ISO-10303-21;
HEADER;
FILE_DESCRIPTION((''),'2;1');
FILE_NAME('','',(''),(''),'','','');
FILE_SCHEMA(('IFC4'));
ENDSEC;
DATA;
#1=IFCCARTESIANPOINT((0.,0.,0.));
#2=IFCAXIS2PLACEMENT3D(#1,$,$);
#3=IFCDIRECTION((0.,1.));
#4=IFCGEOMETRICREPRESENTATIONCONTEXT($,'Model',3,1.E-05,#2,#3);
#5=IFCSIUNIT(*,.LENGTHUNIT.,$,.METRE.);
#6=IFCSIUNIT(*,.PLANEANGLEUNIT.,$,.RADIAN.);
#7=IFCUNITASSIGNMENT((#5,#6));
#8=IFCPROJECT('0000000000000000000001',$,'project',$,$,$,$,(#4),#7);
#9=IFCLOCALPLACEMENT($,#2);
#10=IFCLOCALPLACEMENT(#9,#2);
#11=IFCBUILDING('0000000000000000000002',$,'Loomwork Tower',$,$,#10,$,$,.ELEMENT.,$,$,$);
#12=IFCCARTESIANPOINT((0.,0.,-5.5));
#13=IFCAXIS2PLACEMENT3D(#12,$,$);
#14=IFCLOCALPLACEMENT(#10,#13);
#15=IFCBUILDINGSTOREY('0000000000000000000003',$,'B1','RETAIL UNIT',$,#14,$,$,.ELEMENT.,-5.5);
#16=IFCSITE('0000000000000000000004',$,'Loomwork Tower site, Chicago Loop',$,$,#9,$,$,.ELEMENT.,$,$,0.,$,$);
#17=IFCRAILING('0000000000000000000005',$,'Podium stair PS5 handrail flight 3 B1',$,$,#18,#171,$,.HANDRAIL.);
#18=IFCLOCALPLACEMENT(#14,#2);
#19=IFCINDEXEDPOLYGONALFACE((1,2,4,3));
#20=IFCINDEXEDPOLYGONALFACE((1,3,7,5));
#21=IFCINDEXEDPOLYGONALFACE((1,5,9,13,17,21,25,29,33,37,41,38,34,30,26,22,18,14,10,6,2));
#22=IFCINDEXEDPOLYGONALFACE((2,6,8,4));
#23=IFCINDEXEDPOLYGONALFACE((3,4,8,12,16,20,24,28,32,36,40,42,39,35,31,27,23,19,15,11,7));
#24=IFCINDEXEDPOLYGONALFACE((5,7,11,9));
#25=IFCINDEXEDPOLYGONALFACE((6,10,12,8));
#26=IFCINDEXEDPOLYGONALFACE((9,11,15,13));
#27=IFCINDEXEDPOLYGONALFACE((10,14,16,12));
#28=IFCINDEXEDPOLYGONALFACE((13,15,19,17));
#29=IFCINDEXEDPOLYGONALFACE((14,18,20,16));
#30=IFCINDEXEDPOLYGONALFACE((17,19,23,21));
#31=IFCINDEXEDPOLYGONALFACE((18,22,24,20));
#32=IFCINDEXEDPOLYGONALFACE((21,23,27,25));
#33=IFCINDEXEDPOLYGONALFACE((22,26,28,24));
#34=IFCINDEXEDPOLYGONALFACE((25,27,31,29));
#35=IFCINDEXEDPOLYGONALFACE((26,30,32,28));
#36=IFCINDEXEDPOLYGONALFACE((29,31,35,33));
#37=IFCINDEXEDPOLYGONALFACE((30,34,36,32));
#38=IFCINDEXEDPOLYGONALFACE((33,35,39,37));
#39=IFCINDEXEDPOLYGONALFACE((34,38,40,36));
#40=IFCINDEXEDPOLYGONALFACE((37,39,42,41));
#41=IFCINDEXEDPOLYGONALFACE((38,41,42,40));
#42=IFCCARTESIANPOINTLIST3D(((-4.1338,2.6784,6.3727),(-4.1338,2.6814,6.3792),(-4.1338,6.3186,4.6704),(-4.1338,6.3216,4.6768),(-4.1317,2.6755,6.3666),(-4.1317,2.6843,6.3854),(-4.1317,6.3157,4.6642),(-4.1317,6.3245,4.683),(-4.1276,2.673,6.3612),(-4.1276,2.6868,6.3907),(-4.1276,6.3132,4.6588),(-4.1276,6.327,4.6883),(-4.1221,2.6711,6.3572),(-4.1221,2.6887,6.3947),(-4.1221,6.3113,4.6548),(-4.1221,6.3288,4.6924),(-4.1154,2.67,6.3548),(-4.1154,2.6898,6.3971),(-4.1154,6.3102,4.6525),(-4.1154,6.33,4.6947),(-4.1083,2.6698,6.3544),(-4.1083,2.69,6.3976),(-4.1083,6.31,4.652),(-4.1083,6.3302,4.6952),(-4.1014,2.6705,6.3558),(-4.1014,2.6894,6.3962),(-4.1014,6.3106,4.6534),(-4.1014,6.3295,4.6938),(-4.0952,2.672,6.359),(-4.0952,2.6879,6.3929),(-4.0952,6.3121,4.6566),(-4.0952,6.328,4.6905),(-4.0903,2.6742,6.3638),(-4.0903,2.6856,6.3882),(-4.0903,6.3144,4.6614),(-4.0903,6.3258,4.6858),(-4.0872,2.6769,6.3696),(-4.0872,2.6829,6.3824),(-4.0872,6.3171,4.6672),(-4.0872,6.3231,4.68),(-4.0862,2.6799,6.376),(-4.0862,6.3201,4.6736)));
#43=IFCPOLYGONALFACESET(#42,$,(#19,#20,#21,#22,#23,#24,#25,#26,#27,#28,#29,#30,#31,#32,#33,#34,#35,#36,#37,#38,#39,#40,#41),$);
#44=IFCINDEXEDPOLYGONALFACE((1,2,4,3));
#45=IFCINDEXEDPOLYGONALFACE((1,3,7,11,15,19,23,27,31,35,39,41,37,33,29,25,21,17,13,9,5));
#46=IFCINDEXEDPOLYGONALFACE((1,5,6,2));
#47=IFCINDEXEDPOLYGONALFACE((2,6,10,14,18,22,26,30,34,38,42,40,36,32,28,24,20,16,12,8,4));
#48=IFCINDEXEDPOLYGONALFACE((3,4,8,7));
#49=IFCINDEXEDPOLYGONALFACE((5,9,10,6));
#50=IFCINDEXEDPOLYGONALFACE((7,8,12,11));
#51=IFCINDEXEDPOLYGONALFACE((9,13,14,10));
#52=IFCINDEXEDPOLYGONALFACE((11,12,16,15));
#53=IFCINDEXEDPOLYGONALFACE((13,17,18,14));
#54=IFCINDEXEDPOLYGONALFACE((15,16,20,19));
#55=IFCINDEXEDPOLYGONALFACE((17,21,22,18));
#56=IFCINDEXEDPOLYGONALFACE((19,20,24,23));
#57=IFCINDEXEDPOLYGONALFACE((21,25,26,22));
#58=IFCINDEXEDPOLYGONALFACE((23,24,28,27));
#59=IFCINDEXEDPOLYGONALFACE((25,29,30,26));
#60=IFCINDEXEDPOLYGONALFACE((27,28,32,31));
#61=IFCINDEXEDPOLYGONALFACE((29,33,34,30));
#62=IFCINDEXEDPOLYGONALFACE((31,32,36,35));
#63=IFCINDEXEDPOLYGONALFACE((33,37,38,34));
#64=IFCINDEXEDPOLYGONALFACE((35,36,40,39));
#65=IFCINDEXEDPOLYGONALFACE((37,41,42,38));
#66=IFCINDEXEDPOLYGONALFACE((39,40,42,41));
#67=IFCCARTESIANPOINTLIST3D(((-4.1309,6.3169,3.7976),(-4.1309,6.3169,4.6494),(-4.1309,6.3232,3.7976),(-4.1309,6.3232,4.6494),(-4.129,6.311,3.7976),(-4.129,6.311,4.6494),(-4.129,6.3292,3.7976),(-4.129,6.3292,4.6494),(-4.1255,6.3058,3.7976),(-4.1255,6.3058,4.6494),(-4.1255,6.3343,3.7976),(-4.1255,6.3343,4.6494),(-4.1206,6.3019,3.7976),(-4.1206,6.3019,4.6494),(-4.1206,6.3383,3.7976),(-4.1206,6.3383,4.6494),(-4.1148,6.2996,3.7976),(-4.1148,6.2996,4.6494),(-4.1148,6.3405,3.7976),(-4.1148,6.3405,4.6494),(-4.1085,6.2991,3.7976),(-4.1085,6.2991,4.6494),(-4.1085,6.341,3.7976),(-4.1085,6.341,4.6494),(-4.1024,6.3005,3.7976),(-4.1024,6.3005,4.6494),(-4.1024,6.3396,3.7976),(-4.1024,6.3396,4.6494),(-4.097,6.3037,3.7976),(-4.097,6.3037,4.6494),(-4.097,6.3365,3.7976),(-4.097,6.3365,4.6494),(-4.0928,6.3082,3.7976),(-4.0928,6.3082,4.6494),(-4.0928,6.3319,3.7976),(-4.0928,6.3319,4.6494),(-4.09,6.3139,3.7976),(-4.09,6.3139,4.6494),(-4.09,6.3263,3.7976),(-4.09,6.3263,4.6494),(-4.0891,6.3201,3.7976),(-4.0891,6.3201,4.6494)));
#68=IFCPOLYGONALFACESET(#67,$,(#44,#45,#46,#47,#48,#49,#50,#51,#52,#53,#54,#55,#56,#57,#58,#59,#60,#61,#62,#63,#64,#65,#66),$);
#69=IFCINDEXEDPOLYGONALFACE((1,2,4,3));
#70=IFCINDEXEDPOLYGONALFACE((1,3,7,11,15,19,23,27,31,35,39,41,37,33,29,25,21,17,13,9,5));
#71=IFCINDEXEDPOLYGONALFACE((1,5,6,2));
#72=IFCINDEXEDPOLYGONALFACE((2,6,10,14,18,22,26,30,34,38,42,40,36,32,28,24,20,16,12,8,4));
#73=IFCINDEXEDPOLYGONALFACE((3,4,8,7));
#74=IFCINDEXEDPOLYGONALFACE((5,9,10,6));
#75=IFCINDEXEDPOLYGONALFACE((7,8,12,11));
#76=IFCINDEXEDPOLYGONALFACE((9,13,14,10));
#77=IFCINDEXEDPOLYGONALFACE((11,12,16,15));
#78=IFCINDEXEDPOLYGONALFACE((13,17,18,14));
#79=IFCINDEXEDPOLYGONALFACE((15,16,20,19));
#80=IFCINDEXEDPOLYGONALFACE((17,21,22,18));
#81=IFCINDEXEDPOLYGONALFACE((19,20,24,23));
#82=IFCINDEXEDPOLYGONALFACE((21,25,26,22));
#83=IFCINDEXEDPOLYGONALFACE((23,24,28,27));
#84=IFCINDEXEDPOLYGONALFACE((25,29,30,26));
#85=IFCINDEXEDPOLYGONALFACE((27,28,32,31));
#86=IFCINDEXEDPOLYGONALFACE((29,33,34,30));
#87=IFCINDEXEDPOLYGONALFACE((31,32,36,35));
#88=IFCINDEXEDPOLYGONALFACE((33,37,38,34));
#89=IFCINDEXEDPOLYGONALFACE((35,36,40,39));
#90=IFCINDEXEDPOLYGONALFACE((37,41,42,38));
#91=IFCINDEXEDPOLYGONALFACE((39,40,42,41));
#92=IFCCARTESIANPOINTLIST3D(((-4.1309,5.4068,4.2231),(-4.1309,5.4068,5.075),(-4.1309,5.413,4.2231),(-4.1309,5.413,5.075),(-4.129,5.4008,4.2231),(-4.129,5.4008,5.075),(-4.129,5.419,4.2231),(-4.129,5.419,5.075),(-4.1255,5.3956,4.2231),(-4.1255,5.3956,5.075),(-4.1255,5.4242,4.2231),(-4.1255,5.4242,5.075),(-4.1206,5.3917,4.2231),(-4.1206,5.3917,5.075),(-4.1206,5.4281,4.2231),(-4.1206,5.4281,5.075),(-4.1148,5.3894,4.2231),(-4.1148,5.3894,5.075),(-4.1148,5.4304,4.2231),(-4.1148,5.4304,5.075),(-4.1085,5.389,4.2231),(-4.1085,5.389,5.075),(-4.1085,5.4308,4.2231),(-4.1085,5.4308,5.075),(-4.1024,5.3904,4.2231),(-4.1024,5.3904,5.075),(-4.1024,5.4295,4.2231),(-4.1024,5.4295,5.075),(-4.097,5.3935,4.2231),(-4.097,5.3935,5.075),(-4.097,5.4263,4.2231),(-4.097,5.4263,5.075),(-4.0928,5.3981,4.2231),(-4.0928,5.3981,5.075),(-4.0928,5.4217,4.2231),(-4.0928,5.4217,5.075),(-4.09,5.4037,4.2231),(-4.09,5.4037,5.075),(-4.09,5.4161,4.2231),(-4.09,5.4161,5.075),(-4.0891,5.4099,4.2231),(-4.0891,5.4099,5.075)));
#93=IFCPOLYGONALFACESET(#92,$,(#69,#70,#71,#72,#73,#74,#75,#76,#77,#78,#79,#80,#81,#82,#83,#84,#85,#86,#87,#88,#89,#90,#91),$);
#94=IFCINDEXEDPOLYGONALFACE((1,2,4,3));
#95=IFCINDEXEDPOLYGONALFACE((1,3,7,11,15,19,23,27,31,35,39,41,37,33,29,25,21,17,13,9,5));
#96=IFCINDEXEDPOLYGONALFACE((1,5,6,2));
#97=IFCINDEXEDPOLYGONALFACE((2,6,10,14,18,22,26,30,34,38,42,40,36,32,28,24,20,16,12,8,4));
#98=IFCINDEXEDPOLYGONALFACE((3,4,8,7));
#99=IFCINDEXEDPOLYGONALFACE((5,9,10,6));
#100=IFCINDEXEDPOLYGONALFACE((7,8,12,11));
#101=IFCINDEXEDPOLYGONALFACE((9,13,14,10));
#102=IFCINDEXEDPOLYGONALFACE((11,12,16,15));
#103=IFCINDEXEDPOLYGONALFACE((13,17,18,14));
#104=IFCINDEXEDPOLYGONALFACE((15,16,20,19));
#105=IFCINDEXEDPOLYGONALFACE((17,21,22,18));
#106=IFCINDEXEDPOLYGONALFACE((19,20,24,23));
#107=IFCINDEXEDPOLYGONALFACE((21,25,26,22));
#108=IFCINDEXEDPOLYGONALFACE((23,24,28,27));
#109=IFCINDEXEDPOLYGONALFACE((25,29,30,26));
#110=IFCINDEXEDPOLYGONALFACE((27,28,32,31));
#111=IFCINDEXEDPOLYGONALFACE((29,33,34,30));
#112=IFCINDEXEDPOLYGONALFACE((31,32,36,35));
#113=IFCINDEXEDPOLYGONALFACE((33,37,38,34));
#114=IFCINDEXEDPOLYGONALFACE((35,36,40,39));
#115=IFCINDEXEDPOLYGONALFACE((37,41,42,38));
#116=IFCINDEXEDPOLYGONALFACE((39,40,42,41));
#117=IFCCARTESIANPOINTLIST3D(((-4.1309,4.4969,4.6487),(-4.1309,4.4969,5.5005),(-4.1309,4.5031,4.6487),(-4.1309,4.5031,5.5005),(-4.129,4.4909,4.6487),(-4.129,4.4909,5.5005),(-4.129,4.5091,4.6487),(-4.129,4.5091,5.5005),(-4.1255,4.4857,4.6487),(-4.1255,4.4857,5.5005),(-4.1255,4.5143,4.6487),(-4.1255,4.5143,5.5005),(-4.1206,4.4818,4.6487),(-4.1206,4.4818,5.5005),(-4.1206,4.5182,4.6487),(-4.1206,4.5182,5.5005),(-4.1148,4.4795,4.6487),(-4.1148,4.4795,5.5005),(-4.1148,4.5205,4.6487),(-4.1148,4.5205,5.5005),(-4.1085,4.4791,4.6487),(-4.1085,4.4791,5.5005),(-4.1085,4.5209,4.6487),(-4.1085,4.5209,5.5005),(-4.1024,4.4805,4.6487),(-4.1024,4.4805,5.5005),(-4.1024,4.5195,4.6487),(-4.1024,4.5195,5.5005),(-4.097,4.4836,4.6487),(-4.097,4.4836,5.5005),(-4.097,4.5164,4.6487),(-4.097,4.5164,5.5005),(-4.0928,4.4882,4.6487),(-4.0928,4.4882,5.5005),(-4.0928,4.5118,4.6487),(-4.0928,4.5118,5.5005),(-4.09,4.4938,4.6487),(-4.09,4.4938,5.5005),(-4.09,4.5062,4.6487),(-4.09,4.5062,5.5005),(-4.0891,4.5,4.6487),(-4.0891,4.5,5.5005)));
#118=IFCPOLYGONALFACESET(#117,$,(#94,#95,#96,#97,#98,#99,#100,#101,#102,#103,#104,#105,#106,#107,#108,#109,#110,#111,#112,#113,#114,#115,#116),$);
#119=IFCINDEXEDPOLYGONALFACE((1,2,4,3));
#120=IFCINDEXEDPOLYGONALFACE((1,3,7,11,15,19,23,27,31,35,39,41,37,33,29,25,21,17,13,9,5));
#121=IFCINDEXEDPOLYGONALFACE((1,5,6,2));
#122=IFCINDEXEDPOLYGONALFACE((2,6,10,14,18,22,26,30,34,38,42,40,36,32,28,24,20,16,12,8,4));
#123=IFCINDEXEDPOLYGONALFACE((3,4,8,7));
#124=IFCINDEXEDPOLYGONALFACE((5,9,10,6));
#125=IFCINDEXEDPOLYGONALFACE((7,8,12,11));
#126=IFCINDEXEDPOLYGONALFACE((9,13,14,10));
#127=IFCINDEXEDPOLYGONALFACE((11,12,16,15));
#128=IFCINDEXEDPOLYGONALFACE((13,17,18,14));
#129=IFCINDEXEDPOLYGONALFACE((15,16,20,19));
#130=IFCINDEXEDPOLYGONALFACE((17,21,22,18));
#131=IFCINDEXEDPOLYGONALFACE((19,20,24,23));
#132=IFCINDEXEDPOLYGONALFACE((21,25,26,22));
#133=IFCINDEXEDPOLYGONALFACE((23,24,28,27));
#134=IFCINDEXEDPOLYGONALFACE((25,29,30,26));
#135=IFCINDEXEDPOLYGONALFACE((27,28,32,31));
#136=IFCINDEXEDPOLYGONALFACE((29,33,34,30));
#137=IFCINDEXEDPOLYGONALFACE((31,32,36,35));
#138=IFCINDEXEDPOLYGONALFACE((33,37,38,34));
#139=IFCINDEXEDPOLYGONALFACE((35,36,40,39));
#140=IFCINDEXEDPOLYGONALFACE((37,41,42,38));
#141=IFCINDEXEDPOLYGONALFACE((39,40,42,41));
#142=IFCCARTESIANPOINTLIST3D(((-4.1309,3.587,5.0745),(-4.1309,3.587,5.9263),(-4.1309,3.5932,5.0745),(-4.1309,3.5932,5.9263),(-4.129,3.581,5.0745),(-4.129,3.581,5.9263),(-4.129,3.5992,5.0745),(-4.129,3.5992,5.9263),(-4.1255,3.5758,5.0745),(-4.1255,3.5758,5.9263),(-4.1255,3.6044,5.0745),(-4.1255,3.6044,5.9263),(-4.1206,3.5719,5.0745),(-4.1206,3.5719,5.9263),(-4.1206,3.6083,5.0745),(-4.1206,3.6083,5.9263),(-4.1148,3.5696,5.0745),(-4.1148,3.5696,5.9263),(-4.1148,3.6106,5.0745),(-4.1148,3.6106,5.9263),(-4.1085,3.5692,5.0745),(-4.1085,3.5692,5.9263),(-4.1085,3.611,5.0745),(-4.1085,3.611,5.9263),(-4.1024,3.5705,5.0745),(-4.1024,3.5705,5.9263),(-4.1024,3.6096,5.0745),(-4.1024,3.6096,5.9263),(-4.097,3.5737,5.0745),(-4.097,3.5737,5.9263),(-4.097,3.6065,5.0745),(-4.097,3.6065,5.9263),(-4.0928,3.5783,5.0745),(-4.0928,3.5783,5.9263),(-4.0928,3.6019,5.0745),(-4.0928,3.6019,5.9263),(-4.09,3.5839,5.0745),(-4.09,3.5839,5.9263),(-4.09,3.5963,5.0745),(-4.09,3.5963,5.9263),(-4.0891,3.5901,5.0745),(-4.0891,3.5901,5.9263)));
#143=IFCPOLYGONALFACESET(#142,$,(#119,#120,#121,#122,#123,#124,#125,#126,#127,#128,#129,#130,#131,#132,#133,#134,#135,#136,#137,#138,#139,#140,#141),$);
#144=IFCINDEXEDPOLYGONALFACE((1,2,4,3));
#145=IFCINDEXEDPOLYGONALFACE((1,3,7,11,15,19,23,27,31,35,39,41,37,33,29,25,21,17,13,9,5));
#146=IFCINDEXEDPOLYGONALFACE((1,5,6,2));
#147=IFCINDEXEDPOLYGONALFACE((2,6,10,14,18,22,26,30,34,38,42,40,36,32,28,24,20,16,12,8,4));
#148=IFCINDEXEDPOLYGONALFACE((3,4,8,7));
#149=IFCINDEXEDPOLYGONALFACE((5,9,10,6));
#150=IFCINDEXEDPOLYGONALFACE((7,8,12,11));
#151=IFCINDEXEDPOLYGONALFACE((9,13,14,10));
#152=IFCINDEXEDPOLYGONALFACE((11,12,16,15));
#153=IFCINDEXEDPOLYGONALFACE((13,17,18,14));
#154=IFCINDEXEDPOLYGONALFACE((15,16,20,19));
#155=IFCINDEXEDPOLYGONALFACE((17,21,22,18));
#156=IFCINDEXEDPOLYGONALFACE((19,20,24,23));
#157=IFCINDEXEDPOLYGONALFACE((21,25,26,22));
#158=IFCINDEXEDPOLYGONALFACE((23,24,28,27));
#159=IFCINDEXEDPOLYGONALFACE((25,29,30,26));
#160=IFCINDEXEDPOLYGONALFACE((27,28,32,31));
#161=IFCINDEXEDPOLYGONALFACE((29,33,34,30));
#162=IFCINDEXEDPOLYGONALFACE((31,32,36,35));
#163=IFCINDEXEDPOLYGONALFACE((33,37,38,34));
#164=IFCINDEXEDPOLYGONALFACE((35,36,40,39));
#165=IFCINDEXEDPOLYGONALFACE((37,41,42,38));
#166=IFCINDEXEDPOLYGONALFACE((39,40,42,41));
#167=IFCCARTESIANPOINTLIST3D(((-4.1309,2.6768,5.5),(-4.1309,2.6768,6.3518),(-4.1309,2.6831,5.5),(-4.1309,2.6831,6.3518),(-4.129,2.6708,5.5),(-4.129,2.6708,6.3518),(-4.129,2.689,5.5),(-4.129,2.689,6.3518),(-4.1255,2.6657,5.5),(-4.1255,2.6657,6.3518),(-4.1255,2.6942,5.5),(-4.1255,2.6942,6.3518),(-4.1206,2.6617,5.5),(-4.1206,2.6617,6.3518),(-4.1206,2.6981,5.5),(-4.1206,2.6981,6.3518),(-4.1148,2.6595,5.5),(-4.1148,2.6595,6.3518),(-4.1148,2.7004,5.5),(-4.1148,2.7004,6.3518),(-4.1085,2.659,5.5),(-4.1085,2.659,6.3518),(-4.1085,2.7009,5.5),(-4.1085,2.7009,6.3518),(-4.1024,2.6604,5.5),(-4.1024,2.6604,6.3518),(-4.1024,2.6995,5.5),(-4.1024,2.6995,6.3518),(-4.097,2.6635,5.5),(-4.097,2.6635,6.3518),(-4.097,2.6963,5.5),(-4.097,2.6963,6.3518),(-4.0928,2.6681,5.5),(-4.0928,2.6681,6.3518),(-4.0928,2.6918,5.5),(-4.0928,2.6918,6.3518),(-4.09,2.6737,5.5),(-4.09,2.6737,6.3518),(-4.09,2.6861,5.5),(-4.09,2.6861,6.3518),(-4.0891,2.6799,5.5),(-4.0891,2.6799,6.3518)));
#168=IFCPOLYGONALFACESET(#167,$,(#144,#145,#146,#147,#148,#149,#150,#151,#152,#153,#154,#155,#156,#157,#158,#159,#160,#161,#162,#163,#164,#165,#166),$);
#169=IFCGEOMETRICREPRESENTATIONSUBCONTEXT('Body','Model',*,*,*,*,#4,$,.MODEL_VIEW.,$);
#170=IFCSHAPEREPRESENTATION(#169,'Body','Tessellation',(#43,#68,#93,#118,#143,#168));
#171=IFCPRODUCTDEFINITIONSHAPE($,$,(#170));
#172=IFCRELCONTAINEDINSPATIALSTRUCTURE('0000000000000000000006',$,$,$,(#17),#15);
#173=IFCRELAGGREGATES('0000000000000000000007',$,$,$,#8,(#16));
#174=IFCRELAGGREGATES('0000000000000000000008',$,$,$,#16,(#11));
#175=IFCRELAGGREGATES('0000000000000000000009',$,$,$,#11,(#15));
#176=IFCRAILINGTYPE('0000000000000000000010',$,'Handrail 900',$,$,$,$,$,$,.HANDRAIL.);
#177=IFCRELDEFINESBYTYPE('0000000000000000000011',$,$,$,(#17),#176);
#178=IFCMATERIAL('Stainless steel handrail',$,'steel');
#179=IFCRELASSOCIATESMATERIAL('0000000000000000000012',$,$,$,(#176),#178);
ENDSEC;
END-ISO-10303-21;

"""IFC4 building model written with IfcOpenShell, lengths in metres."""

from ifc_helpers import new_model, si_unit, direction, frame, origin, origin_2d, place, context, subcontext, project, spatial, circle, extrude, material, type_object, element, save


model = new_model("IFC4")

# Units and contexts
model_context = context("Model", 3, precision=1e-05, world=origin(), true_north=direction((0.0, 1.0)))
body_context = subcontext(model_context, "Body", "Model", "MODEL_VIEW")
ifc_project = project(units=[si_unit("LENGTHUNIT", "METRE"), si_unit("PLANEANGLEUNIT", "RADIAN")], contexts=[model_context])

# Site, building, storey
site_placement = place(None, origin())
site = spatial("IfcSite", under=ifc_project, at=site_placement, Name="Loomwork Tower site, Chicago Loop", CompositionType="ELEMENT", RefElevation=0.0)
building_placement = place(site_placement, origin())
building = spatial("IfcBuilding", under=site, at=building_placement, Name="Loomwork Tower", CompositionType="ELEMENT")
storey_placement = place(building_placement, frame((0.0, 0.0, -5.5)))
storey = spatial("IfcBuildingStorey", under=building, at=storey_placement, Name="B1", Description="RETAIL UNIT", CompositionType="ELEMENT", Elevation=-5.5)

# Railing
ifc_material_1 = material(Name="Stainless steel handrail", Category="steel")
railing_type = type_object("IfcRailingType", Name="Handrail 900", PredefinedType="HANDRAIL", material=ifc_material_1)
railing_1_placement = place(storey_placement, frame((-4.1101, 6.3201, 3.7976)))
element("IfcRailing", 1, at=railing_1_placement, inside=storey, type_object=railing_type, Name="Podium stair PS5 handrail flight 3 B1", PredefinedType="HANDRAIL", context=body_context, shape_type="SweptSolid", body=[
    extrude(circle(Radius=0.0239, at=origin_2d()), frame((0.0, 0.0, 0.876), z_axis=(0.0, -0.905834, 0.423634), x_axis=(1.0, 0.0, 0.0)), (0.0, 0.0, 1.0), 4.0186),
    extrude(circle(Radius=0.021, at=origin_2d()), origin(), (0.0, 0.0, 1.0), 0.8518),
    extrude(circle(Radius=0.021, at=origin_2d()), frame((0.0, -0.9102, 0.4255)), (0.0, 0.0, 1.0), 0.8518),
    extrude(circle(Radius=0.021, at=origin_2d()), frame((0.0, -1.8201, 0.8511)), (0.0, 0.0, 1.0), 0.8518),
    extrude(circle(Radius=0.021, at=origin_2d()), frame((0.0, -2.73, 1.2769)), (0.0, 0.0, 1.0), 0.8518),
    extrude(circle(Radius=0.021, at=origin_2d()), frame((0.0, -3.6401, 1.7024)), (0.0, 0.0, 1.0), 0.8518),
])

save(model, "model.ifc")
